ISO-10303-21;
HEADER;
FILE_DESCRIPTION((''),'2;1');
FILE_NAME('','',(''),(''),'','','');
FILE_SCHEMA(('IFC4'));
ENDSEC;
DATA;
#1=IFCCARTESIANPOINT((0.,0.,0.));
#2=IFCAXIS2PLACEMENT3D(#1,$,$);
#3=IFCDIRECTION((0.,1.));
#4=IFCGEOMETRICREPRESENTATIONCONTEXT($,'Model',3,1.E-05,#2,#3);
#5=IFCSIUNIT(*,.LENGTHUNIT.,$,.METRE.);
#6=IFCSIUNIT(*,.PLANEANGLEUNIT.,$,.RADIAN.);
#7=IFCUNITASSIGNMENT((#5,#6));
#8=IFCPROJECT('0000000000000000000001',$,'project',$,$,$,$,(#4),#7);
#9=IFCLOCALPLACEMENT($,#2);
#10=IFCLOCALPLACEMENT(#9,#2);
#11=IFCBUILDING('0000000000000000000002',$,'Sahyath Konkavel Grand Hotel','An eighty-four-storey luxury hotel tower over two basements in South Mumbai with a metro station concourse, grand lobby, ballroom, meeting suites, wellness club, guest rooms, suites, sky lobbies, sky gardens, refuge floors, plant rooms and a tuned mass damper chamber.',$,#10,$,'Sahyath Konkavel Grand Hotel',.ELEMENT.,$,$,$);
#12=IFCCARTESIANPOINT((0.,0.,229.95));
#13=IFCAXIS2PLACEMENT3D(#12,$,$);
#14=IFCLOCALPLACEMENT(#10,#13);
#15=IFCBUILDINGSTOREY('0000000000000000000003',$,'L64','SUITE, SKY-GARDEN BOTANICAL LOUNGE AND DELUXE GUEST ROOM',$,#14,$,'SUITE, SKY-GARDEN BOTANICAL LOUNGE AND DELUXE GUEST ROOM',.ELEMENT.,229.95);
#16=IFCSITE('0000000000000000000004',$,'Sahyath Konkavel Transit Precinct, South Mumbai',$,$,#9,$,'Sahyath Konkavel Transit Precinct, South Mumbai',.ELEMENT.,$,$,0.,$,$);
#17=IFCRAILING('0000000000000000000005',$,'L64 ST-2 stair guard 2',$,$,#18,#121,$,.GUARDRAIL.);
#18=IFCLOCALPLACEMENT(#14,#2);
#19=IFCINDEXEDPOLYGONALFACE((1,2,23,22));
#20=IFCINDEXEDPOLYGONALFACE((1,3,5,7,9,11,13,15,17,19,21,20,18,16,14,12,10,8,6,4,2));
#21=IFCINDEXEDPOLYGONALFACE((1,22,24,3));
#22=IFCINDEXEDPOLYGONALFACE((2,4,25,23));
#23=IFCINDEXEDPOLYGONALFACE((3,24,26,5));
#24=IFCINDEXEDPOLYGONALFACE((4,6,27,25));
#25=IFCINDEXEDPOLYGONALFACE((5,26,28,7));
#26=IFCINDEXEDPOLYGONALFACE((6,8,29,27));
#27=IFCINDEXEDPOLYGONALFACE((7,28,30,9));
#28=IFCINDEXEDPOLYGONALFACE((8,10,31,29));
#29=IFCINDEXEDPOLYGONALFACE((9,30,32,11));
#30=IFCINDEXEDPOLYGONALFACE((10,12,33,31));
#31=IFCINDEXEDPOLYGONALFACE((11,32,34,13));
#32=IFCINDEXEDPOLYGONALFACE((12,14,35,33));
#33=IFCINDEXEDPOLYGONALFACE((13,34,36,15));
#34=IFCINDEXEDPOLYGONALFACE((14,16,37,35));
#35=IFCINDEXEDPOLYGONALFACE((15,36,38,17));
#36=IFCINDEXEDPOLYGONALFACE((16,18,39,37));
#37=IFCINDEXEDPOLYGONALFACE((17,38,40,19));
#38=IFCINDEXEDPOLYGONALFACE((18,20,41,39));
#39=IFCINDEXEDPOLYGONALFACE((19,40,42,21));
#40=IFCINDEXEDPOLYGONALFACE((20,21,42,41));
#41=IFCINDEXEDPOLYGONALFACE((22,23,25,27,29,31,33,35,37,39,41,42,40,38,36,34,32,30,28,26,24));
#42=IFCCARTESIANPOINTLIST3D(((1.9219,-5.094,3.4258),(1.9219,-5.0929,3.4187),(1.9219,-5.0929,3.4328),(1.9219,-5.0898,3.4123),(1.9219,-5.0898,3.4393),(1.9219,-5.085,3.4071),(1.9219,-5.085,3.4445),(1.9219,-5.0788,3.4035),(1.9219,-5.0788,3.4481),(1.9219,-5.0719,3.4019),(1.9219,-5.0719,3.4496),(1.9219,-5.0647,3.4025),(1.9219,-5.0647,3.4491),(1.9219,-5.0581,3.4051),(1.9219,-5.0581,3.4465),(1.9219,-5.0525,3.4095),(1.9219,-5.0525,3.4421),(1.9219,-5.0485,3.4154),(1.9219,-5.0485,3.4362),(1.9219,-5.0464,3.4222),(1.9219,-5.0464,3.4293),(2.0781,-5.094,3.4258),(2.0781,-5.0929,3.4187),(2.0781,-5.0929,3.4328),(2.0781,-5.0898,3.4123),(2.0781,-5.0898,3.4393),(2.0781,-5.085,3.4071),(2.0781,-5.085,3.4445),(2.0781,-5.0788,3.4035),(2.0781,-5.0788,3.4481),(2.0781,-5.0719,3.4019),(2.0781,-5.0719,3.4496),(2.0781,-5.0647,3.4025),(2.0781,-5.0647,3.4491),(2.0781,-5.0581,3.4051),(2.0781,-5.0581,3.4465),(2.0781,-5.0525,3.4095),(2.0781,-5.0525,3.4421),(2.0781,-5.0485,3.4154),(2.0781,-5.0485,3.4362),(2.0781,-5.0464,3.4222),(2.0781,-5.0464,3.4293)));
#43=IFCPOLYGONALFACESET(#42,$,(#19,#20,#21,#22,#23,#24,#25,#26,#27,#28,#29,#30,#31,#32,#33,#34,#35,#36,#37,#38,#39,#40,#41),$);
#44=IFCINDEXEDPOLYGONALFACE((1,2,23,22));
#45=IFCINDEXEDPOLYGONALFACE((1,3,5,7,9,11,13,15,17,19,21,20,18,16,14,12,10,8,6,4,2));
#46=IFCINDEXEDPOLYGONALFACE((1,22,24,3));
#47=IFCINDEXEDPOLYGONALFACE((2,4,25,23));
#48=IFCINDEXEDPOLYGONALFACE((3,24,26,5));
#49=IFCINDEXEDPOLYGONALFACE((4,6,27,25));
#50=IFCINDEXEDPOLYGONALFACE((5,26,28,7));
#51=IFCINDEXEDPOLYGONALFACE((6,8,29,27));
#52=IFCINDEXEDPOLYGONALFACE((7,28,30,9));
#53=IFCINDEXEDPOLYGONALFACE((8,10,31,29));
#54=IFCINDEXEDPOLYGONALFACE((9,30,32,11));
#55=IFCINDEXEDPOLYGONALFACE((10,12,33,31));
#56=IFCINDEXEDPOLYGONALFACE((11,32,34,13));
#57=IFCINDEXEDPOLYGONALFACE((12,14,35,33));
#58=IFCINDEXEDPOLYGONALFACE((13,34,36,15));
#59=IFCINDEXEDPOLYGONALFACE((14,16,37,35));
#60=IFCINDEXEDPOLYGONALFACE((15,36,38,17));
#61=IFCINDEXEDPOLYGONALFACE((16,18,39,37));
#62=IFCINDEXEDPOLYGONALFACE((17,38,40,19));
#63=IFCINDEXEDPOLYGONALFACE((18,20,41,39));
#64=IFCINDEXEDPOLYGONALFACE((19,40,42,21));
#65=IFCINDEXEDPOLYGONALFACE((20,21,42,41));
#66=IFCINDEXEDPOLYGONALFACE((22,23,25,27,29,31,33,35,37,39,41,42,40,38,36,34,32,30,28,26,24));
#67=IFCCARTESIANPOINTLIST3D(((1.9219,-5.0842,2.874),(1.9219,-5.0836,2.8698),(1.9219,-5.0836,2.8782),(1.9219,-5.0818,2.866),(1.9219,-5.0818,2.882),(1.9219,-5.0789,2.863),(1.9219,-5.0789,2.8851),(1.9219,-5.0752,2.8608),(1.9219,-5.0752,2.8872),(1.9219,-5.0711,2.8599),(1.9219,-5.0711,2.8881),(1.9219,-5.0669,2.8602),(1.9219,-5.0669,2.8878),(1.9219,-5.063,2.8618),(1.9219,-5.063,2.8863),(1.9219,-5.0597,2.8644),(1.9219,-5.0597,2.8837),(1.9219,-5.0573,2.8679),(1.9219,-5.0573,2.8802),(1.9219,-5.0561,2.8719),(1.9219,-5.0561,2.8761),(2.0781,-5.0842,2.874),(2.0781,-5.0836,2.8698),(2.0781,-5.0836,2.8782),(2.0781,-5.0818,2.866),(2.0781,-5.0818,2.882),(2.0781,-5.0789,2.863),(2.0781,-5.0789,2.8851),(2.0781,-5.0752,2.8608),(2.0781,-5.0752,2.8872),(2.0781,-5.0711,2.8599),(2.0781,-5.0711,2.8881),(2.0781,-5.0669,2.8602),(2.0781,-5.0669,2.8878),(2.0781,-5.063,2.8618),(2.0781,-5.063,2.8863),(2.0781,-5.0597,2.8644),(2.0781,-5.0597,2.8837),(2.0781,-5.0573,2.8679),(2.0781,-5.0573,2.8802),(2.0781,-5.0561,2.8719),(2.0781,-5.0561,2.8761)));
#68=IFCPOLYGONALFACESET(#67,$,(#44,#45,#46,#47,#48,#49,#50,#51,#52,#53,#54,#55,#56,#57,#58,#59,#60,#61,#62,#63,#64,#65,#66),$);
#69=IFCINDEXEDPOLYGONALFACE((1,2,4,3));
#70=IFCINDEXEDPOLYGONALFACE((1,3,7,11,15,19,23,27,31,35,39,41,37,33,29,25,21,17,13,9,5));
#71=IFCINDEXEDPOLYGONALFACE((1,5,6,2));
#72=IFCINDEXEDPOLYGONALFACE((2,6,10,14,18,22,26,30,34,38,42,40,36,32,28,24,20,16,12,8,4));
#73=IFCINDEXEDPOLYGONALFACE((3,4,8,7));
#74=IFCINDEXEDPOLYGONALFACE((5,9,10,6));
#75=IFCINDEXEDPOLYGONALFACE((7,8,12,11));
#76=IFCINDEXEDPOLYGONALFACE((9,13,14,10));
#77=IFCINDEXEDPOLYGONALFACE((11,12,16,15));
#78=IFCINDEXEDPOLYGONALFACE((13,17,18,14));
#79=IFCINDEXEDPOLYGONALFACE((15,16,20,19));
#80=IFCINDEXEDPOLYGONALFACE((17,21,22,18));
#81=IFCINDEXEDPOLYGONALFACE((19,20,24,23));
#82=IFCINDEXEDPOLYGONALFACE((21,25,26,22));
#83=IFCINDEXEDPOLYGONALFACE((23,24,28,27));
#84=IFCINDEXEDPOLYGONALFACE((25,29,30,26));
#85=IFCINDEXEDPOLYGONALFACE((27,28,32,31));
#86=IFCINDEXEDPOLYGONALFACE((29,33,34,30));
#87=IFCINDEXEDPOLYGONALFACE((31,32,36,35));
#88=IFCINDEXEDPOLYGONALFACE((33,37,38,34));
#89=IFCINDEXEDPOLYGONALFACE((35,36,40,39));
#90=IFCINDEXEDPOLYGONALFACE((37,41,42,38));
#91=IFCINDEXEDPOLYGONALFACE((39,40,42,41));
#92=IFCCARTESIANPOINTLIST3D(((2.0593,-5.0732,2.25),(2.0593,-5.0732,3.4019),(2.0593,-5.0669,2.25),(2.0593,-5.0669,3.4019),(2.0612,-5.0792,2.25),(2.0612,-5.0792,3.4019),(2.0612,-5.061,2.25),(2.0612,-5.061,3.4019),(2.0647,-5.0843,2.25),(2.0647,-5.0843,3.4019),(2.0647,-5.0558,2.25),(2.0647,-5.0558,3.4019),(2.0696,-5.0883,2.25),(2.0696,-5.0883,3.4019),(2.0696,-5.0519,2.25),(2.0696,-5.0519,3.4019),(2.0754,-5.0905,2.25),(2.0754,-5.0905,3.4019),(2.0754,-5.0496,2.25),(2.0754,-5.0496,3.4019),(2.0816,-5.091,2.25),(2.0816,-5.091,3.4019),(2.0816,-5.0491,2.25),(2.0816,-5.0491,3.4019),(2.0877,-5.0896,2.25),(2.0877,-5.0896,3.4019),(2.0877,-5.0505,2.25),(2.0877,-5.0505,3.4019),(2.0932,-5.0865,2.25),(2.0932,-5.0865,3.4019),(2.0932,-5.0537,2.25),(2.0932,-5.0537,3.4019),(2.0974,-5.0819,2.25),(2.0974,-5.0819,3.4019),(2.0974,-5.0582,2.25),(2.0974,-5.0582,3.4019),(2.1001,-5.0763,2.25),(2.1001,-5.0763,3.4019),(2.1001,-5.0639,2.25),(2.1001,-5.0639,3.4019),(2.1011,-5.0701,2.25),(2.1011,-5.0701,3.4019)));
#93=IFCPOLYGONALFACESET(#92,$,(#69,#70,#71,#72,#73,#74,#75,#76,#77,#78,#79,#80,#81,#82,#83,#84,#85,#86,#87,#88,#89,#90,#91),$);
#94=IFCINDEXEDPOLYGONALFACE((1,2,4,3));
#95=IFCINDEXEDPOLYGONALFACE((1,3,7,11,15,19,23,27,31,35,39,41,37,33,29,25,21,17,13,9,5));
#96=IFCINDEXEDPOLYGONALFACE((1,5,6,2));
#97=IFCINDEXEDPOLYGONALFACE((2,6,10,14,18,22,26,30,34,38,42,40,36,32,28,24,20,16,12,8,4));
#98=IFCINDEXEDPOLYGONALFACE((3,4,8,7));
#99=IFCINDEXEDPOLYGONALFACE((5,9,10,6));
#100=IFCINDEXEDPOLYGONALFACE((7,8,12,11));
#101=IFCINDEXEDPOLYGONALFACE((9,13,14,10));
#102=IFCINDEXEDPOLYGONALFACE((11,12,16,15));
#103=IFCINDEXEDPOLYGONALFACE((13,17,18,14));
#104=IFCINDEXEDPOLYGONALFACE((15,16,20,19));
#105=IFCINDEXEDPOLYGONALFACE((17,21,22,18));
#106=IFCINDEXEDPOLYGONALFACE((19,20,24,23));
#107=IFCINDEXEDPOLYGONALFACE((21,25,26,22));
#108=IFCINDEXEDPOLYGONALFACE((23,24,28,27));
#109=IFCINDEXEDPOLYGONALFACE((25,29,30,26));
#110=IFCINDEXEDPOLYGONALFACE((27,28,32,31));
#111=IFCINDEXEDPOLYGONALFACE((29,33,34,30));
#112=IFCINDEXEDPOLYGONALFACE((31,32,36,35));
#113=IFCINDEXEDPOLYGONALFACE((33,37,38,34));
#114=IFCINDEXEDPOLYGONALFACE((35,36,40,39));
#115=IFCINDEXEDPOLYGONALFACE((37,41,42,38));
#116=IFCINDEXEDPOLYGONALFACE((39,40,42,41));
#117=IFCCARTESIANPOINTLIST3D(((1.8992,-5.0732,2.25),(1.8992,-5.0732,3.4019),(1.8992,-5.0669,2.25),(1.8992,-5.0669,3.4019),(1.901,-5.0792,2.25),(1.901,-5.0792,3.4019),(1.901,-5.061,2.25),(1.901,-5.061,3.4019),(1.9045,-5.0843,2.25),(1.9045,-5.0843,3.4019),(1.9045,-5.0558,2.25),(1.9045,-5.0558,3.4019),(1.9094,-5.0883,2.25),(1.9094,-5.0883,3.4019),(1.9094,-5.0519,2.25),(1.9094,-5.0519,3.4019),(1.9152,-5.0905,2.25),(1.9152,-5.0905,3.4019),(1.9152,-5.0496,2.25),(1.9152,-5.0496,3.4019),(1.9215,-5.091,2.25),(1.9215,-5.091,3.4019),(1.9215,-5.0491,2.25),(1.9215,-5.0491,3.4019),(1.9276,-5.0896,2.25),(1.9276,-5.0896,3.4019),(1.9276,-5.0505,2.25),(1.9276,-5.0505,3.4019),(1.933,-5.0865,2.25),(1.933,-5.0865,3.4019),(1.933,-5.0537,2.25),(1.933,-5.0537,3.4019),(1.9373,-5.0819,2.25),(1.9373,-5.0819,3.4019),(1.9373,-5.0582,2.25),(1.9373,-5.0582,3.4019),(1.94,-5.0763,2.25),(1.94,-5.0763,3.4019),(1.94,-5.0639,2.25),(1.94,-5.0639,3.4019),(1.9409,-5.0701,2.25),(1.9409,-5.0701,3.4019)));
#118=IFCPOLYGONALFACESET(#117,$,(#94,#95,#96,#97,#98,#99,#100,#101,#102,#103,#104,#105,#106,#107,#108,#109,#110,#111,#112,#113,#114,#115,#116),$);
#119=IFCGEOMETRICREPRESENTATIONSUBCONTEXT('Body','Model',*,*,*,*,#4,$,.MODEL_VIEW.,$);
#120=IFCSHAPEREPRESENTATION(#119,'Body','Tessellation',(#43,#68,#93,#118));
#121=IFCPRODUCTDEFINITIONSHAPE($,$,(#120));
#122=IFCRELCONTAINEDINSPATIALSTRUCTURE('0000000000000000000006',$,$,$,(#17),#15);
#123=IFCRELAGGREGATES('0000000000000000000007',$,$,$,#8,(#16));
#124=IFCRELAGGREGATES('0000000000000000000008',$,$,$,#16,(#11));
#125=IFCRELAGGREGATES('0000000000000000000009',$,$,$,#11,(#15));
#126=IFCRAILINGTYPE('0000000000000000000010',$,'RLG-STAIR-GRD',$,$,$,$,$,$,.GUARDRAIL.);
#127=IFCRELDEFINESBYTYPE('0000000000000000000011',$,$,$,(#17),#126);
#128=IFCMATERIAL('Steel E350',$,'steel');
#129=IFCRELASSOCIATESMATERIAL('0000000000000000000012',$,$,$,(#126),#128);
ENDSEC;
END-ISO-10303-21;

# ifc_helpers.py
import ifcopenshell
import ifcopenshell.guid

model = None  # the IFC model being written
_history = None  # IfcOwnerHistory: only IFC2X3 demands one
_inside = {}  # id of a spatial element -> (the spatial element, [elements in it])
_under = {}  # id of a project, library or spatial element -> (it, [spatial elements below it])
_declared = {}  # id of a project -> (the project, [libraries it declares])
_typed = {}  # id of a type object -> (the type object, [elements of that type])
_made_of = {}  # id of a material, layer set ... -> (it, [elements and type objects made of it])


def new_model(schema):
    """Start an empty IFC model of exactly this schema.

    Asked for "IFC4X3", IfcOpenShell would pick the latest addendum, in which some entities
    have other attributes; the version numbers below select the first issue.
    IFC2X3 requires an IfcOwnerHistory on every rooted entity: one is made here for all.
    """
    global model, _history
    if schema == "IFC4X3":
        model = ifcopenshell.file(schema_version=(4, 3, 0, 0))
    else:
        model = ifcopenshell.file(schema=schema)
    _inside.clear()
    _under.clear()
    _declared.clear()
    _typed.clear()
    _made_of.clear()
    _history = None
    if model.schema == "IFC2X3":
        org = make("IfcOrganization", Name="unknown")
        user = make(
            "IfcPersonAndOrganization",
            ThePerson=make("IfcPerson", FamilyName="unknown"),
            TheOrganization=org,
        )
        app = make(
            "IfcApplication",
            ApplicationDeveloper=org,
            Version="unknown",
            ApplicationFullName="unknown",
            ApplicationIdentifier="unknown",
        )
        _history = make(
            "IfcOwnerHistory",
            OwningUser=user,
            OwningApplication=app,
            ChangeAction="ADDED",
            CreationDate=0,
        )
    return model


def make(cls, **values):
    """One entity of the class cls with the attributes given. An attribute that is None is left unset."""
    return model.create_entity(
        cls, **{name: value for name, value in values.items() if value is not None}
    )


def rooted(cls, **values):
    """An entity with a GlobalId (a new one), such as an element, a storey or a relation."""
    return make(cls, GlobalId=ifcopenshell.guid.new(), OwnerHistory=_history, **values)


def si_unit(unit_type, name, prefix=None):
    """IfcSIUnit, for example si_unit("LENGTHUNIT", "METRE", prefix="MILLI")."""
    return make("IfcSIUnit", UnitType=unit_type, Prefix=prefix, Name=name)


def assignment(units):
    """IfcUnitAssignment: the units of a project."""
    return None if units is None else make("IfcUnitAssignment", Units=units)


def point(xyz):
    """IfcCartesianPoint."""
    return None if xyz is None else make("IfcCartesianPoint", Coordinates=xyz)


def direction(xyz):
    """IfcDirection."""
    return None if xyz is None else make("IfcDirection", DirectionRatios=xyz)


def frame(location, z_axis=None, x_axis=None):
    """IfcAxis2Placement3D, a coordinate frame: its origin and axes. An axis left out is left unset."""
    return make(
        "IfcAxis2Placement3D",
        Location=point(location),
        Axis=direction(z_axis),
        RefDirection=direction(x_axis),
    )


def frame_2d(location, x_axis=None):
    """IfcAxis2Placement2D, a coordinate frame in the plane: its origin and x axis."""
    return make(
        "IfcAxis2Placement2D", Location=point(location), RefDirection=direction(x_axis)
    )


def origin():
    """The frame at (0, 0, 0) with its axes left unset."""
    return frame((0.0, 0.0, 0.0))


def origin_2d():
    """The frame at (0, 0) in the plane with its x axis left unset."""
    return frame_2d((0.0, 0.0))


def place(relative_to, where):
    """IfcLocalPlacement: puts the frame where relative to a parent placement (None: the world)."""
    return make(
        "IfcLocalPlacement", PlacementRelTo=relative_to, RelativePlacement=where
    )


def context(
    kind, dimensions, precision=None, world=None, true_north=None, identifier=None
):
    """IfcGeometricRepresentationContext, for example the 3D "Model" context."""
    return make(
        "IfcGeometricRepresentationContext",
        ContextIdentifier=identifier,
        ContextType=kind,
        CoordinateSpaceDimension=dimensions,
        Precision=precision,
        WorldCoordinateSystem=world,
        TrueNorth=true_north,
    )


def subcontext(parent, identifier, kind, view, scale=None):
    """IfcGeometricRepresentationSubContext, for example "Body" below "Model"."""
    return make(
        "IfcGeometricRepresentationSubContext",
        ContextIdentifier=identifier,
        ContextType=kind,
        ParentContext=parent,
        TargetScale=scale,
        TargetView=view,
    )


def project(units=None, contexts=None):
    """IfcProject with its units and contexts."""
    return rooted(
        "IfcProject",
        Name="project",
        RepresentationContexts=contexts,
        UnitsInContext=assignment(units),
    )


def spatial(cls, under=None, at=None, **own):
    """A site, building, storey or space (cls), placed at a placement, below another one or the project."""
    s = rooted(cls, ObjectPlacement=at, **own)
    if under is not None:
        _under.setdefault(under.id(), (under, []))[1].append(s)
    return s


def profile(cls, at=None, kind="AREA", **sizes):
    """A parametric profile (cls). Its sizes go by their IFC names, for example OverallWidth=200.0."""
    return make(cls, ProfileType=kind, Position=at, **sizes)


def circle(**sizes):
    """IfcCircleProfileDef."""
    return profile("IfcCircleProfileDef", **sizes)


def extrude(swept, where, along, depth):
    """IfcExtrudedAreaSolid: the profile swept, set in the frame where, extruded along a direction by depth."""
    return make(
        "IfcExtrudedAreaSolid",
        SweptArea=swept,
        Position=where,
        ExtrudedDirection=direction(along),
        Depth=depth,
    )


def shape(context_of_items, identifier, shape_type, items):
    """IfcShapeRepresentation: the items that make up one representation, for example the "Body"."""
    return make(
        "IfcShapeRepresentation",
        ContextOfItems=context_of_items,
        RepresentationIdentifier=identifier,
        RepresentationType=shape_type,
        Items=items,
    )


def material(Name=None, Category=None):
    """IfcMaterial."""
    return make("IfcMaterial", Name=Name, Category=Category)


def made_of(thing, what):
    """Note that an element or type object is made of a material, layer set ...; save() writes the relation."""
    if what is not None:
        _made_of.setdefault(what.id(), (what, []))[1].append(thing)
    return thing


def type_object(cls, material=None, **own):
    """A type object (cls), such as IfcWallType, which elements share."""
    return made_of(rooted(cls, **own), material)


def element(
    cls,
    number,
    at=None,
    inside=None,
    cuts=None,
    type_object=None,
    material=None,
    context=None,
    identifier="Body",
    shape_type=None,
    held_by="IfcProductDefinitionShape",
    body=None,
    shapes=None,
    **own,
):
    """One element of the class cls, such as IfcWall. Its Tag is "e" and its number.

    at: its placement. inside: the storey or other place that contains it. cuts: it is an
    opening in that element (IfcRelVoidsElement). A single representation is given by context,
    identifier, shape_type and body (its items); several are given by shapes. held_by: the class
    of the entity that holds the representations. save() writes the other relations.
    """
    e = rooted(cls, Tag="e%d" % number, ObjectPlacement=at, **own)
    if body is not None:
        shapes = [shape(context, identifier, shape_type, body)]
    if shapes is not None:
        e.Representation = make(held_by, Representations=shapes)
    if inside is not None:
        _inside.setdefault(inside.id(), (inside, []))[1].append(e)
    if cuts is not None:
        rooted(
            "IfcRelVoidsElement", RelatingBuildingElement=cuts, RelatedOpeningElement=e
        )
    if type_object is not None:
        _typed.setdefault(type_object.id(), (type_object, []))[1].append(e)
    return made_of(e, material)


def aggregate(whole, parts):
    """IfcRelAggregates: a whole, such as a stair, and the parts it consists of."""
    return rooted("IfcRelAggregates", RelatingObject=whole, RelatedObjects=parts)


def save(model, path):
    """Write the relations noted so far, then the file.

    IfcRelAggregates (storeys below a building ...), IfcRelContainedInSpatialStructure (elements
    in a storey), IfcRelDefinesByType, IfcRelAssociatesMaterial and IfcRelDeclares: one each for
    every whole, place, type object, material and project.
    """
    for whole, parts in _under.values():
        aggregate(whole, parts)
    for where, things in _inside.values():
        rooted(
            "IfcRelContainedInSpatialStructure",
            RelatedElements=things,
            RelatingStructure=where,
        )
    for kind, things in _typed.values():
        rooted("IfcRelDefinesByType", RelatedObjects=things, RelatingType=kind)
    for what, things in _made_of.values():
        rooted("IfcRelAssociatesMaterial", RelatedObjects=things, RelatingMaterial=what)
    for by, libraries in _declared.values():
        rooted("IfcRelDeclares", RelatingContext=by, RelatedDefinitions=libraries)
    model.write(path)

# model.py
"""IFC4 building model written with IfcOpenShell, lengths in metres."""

from ifc_helpers import new_model, si_unit, direction, frame, origin, origin_2d, place, context, subcontext, project, spatial, circle, extrude, material, type_object, element, save


model = new_model("IFC4")

# Units and contexts
model_context = context("Model", 3, precision=1e-05, world=origin(), true_north=direction((0.0, 1.0)))
body_context = subcontext(model_context, "Body", "Model", "MODEL_VIEW")
ifc_project = project(units=[si_unit("LENGTHUNIT", "METRE"), si_unit("PLANEANGLEUNIT", "RADIAN")], contexts=[model_context])

# Site, building, storey
site_placement = place(None, origin())
site = spatial("IfcSite", under=ifc_project, at=site_placement, Name="Sahyath Konkavel Transit Precinct, South Mumbai", LongName="Sahyath Konkavel Transit Precinct, South Mumbai", CompositionType="ELEMENT", RefElevation=0.0)
building_placement = place(site_placement, origin())
building = spatial("IfcBuilding", under=site, at=building_placement, Name="Sahyath Konkavel Grand Hotel", Description="An eighty-four-storey luxury hotel tower over two basements in South Mumbai with a metro station concourse, grand lobby, ballroom, meeting suites, wellness club, guest rooms, suites, sky lobbies, sky gardens, refuge floors, plant rooms and a tuned mass damper chamber.", LongName="Sahyath Konkavel Grand Hotel", CompositionType="ELEMENT")
storey_placement = place(building_placement, frame((0.0, 0.0, 229.95)))
storey = spatial("IfcBuildingStorey", under=building, at=storey_placement, Name="L64", Description="SUITE, SKY-GARDEN BOTANICAL LOUNGE AND DELUXE GUEST ROOM", LongName="SUITE, SKY-GARDEN BOTANICAL LOUNGE AND DELUXE GUEST ROOM", CompositionType="ELEMENT", Elevation=229.95)

# Shared definitions
ifc_material_1 = material(Name="Steel E350", Category="steel")

# Railing
railing_type_1 = type_object("IfcRailingType", Name="RLG-STAIR-GRD", PredefinedType="GUARDRAIL", material=ifc_material_1)
railing_1_placement = place(storey_placement, frame((2.0801, -5.0701, 2.25)))
element("IfcRailing", 1, at=railing_1_placement, inside=storey, type_object=railing_type_1, Name="L64 ST-2 stair guard 2", PredefinedType="GUARDRAIL", context=body_context, shape_type="SweptSolid", body=[
    extrude(circle(Radius=0.0239, at=origin_2d()), frame((-0.002, 0.0, 1.1758), z_axis=(-1.0, 0.0, 0.0), x_axis=(0.0, -1.0, 0.0)), (0.0, 0.0, 1.0), 0.1562),
    extrude(circle(Radius=0.0142, at=origin_2d()), frame((-0.002, 0.0, 0.624), z_axis=(-1.0, 0.0, 0.0), x_axis=(0.0, -1.0, 0.0)), (0.0, 0.0, 1.0), 0.1562),
    extrude(circle(Radius=0.021, at=origin_2d()), origin(), (0.0, 0.0, 1.0), 1.1519),
    extrude(circle(Radius=0.021, at=origin_2d()), frame((-0.1602, 0.0, 0.0)), (0.0, 0.0, 1.0), 1.1519),
])

save(model, "model.ifc")
